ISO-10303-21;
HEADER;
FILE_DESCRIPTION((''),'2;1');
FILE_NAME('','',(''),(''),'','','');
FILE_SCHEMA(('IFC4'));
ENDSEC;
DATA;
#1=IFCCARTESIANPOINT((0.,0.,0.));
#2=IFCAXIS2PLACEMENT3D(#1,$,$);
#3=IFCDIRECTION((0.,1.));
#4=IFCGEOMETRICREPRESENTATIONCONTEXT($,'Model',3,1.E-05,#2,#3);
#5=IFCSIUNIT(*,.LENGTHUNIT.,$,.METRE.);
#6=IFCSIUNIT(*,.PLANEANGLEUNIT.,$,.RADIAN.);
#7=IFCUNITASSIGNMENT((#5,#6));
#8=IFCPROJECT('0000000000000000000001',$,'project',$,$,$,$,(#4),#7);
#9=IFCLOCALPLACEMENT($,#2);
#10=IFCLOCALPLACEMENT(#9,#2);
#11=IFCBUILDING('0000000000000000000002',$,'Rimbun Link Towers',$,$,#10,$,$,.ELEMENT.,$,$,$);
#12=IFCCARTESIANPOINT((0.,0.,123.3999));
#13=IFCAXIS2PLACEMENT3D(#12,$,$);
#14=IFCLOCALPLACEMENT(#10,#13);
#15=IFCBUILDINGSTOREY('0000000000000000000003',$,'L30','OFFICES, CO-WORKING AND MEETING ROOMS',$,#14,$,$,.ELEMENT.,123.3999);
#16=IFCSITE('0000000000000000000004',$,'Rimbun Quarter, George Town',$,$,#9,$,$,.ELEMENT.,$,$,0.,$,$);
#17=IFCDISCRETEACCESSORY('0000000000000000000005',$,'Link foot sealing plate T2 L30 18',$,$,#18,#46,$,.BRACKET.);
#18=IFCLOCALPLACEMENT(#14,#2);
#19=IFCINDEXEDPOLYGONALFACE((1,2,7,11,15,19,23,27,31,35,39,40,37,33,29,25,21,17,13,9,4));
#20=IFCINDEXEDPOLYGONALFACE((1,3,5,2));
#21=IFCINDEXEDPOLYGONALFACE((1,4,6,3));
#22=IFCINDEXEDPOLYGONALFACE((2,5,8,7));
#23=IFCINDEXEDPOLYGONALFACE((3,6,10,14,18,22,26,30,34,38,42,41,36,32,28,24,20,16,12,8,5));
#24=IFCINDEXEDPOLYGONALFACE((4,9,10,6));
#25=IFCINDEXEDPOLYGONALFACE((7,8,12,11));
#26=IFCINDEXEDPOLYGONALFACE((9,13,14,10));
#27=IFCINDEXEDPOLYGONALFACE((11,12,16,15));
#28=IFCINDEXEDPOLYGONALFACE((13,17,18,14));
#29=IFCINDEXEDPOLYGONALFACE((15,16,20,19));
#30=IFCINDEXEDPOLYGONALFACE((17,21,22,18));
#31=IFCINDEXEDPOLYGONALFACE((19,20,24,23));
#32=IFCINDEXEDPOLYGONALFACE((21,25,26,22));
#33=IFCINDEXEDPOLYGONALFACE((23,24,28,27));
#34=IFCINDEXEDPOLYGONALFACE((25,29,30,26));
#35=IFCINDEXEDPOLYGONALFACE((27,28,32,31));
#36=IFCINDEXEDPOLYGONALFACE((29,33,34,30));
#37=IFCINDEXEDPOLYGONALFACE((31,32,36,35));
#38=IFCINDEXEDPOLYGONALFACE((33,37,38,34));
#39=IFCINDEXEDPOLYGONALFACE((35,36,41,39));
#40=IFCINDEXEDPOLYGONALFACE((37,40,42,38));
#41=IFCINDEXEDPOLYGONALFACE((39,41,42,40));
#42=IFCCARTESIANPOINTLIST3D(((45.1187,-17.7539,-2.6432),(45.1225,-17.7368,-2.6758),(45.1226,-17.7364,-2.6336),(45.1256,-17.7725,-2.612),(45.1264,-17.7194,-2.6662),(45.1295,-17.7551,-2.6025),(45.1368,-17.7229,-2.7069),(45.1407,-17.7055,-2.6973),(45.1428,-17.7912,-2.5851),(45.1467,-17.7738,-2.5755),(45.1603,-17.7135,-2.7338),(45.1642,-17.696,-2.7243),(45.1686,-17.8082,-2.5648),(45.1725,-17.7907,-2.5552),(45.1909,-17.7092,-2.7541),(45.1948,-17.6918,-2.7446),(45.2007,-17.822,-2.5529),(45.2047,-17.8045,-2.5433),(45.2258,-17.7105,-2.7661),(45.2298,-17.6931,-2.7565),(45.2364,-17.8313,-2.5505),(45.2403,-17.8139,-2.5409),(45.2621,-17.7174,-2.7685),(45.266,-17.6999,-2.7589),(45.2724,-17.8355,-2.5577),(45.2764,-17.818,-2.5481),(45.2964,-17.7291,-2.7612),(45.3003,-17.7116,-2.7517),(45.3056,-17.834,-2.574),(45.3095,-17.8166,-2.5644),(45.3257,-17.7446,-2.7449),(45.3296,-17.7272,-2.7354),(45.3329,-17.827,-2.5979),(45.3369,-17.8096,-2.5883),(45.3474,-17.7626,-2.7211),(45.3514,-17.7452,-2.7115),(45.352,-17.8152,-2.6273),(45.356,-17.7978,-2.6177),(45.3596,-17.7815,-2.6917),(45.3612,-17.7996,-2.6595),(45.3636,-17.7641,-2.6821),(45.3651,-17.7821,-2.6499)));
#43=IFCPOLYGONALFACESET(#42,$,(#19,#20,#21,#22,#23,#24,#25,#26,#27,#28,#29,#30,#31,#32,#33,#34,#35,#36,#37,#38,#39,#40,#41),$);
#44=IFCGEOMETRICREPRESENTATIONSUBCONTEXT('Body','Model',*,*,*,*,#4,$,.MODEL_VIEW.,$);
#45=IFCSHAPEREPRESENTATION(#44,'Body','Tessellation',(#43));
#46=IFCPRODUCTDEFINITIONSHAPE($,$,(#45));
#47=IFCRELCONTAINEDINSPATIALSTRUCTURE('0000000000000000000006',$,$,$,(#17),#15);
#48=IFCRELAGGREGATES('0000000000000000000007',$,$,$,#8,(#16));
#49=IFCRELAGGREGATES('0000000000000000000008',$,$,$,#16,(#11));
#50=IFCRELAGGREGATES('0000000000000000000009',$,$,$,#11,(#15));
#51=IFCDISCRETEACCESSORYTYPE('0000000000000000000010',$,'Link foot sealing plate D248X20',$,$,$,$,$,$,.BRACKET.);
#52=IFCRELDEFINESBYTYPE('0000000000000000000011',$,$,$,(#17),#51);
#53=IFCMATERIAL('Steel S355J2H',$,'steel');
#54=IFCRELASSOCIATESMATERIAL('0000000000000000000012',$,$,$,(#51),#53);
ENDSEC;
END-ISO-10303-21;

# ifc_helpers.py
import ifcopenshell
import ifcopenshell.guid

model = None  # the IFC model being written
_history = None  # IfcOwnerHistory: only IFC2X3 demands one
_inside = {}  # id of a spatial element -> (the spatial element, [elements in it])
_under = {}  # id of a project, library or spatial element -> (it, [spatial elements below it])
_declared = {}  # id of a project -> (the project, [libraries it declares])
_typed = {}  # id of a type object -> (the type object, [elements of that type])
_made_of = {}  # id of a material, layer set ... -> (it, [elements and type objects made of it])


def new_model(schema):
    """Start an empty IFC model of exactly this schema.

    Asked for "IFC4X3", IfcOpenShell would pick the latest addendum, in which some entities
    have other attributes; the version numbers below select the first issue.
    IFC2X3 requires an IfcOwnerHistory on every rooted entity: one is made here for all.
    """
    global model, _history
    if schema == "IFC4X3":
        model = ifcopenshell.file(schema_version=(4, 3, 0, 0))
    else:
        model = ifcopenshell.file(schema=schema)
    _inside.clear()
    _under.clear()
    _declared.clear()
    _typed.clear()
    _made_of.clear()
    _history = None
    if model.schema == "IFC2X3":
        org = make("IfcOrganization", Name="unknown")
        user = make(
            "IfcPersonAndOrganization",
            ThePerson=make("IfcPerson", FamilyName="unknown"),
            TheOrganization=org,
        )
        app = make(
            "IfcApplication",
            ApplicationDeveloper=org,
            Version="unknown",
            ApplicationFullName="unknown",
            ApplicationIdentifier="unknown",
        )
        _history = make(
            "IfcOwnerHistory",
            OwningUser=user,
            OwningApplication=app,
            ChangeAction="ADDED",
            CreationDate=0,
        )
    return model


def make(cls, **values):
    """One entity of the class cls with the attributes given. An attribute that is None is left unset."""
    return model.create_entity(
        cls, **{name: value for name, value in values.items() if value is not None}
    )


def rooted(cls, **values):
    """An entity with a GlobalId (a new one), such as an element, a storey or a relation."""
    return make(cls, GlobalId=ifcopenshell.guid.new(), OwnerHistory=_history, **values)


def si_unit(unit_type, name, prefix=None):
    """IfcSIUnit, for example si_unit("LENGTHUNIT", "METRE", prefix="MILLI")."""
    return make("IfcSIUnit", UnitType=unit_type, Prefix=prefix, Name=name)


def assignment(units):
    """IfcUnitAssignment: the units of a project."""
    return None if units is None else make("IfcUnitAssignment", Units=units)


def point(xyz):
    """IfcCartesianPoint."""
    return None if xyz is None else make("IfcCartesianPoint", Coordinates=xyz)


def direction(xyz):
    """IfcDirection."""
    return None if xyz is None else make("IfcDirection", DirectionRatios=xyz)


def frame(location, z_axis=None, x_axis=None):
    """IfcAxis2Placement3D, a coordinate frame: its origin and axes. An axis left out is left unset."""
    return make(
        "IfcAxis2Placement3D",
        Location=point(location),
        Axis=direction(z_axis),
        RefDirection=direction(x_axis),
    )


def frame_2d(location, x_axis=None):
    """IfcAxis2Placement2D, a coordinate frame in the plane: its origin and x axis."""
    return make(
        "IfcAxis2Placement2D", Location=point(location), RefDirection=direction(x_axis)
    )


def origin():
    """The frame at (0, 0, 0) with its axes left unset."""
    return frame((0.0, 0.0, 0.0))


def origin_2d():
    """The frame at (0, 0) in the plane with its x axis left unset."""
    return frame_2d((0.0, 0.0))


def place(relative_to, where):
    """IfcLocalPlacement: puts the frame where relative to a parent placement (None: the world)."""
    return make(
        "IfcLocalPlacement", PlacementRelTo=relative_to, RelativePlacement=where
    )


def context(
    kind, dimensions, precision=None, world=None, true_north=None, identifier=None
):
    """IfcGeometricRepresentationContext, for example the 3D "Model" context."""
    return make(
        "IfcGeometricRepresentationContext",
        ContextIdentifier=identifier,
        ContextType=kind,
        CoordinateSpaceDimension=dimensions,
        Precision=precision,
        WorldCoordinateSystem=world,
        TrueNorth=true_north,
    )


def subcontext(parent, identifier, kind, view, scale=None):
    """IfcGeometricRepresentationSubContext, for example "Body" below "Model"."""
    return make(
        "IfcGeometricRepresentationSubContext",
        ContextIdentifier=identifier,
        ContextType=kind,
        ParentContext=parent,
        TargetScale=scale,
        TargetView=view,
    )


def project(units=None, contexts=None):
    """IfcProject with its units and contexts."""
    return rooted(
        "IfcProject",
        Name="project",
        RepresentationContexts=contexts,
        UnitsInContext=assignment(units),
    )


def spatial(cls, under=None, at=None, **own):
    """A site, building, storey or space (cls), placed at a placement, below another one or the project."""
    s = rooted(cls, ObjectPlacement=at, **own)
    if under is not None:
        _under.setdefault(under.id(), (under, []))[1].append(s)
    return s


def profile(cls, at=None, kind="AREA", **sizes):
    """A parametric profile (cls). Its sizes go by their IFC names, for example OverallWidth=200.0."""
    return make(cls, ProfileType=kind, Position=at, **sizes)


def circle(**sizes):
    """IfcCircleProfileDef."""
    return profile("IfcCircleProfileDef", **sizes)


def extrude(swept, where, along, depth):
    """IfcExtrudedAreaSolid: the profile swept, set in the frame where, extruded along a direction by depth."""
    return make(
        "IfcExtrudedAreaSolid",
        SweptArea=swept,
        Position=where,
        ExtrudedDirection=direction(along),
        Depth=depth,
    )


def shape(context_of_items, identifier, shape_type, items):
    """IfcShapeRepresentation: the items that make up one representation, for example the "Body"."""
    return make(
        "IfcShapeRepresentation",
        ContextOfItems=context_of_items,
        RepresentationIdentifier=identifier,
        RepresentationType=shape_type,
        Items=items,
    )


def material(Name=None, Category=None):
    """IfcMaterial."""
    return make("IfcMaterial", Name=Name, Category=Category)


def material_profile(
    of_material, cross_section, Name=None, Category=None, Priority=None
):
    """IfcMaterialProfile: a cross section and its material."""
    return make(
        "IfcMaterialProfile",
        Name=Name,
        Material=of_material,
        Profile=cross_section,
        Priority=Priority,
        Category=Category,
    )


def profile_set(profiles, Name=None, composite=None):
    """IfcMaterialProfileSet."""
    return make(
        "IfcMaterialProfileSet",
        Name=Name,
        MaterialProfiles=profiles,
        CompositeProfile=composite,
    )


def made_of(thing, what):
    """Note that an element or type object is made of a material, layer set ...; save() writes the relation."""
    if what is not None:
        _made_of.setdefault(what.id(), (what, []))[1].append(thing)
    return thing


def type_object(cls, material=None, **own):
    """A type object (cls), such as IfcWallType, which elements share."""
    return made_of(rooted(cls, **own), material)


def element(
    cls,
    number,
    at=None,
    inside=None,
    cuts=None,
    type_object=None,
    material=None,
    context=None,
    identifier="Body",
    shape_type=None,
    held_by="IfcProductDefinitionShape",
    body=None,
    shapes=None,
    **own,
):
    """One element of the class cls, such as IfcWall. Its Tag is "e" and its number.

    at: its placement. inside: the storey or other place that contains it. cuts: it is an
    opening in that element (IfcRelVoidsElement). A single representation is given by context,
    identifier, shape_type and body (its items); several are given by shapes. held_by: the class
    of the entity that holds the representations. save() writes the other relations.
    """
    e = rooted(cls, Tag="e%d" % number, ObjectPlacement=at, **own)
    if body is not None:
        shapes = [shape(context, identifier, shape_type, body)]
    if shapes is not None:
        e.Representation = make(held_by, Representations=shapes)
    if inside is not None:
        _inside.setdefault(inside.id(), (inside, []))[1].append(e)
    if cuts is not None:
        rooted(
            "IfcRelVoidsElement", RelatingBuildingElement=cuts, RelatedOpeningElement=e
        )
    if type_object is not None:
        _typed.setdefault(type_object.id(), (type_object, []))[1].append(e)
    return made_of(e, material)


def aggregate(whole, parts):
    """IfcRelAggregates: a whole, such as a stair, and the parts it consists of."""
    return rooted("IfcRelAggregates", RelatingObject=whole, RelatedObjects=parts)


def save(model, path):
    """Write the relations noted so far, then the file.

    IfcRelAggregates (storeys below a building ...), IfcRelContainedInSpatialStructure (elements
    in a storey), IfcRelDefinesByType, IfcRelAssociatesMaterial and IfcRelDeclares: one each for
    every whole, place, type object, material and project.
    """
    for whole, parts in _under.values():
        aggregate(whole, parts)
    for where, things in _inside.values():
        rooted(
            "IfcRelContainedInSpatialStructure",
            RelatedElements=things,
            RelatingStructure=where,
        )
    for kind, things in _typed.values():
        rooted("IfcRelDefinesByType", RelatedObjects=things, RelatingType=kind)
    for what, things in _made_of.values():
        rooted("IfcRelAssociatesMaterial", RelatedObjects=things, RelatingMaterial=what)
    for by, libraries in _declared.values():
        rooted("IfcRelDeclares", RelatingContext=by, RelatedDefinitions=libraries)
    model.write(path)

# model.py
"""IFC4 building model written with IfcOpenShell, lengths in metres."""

from ifc_helpers import new_model, si_unit, direction, frame, origin, origin_2d, place, context, subcontext, project, spatial, circle, extrude, material, material_profile, profile_set, type_object, element, save


model = new_model("IFC4")

# Units and contexts
model_context = context("Model", 3, precision=1e-05, world=origin(), true_north=direction((0.0, 1.0)))
body_context = subcontext(model_context, "Body", "Model", "MODEL_VIEW")
ifc_project = project(units=[si_unit("LENGTHUNIT", "METRE"), si_unit("PLANEANGLEUNIT", "RADIAN")], contexts=[model_context])

# Site, building, storey
site_placement = place(None, origin())
site = spatial("IfcSite", under=ifc_project, at=site_placement, Name="Rimbun Quarter, George Town", CompositionType="ELEMENT", RefElevation=0.0)
building_placement = place(site_placement, origin())
building = spatial("IfcBuilding", under=site, at=building_placement, Name="Rimbun Link Towers", CompositionType="ELEMENT")
storey_placement = place(building_placement, frame((0.0, 0.0, 123.3999)))
storey = spatial("IfcBuildingStorey", under=building, at=storey_placement, Name="L30", Description="OFFICES, CO-WORKING AND MEETING ROOMS", CompositionType="ELEMENT", Elevation=123.3999)

# Discrete accessory
ifc_material_1 = material(Name="Steel S355J2H", Category="steel")
ifc_material_profile_1 = material_profile(ifc_material_1, circle(Radius=0.124, at=origin_2d()), Name="PL D248")
ifc_profile_set_1 = profile_set([ifc_material_profile_1], Name="Steel S355J2H")
discrete_accessory_type = type_object("IfcDiscreteAccessoryType", Name="Link foot sealing plate D248X20", PredefinedType="BRACKET", material=ifc_profile_set_1)
discrete_accessory_1_placement = place(storey_placement, frame((45.2441, -17.7549, -2.6499), z_axis=(-0.193772, -0.859864, -0.47232), x_axis=(0.975536, -0.219839, 0.0)))
element("IfcDiscreteAccessory", 1, at=discrete_accessory_1_placement, inside=storey, type_object=discrete_accessory_type, Name="Link foot sealing plate T2 L30 18", PredefinedType="BRACKET", context=body_context, shape_type="SweptSolid", body=[
    extrude(circle(Radius=0.124, at=origin_2d()), origin(), (0.0, 0.0, 1.0), 0.0203),
])

save(model, "model.ifc")
